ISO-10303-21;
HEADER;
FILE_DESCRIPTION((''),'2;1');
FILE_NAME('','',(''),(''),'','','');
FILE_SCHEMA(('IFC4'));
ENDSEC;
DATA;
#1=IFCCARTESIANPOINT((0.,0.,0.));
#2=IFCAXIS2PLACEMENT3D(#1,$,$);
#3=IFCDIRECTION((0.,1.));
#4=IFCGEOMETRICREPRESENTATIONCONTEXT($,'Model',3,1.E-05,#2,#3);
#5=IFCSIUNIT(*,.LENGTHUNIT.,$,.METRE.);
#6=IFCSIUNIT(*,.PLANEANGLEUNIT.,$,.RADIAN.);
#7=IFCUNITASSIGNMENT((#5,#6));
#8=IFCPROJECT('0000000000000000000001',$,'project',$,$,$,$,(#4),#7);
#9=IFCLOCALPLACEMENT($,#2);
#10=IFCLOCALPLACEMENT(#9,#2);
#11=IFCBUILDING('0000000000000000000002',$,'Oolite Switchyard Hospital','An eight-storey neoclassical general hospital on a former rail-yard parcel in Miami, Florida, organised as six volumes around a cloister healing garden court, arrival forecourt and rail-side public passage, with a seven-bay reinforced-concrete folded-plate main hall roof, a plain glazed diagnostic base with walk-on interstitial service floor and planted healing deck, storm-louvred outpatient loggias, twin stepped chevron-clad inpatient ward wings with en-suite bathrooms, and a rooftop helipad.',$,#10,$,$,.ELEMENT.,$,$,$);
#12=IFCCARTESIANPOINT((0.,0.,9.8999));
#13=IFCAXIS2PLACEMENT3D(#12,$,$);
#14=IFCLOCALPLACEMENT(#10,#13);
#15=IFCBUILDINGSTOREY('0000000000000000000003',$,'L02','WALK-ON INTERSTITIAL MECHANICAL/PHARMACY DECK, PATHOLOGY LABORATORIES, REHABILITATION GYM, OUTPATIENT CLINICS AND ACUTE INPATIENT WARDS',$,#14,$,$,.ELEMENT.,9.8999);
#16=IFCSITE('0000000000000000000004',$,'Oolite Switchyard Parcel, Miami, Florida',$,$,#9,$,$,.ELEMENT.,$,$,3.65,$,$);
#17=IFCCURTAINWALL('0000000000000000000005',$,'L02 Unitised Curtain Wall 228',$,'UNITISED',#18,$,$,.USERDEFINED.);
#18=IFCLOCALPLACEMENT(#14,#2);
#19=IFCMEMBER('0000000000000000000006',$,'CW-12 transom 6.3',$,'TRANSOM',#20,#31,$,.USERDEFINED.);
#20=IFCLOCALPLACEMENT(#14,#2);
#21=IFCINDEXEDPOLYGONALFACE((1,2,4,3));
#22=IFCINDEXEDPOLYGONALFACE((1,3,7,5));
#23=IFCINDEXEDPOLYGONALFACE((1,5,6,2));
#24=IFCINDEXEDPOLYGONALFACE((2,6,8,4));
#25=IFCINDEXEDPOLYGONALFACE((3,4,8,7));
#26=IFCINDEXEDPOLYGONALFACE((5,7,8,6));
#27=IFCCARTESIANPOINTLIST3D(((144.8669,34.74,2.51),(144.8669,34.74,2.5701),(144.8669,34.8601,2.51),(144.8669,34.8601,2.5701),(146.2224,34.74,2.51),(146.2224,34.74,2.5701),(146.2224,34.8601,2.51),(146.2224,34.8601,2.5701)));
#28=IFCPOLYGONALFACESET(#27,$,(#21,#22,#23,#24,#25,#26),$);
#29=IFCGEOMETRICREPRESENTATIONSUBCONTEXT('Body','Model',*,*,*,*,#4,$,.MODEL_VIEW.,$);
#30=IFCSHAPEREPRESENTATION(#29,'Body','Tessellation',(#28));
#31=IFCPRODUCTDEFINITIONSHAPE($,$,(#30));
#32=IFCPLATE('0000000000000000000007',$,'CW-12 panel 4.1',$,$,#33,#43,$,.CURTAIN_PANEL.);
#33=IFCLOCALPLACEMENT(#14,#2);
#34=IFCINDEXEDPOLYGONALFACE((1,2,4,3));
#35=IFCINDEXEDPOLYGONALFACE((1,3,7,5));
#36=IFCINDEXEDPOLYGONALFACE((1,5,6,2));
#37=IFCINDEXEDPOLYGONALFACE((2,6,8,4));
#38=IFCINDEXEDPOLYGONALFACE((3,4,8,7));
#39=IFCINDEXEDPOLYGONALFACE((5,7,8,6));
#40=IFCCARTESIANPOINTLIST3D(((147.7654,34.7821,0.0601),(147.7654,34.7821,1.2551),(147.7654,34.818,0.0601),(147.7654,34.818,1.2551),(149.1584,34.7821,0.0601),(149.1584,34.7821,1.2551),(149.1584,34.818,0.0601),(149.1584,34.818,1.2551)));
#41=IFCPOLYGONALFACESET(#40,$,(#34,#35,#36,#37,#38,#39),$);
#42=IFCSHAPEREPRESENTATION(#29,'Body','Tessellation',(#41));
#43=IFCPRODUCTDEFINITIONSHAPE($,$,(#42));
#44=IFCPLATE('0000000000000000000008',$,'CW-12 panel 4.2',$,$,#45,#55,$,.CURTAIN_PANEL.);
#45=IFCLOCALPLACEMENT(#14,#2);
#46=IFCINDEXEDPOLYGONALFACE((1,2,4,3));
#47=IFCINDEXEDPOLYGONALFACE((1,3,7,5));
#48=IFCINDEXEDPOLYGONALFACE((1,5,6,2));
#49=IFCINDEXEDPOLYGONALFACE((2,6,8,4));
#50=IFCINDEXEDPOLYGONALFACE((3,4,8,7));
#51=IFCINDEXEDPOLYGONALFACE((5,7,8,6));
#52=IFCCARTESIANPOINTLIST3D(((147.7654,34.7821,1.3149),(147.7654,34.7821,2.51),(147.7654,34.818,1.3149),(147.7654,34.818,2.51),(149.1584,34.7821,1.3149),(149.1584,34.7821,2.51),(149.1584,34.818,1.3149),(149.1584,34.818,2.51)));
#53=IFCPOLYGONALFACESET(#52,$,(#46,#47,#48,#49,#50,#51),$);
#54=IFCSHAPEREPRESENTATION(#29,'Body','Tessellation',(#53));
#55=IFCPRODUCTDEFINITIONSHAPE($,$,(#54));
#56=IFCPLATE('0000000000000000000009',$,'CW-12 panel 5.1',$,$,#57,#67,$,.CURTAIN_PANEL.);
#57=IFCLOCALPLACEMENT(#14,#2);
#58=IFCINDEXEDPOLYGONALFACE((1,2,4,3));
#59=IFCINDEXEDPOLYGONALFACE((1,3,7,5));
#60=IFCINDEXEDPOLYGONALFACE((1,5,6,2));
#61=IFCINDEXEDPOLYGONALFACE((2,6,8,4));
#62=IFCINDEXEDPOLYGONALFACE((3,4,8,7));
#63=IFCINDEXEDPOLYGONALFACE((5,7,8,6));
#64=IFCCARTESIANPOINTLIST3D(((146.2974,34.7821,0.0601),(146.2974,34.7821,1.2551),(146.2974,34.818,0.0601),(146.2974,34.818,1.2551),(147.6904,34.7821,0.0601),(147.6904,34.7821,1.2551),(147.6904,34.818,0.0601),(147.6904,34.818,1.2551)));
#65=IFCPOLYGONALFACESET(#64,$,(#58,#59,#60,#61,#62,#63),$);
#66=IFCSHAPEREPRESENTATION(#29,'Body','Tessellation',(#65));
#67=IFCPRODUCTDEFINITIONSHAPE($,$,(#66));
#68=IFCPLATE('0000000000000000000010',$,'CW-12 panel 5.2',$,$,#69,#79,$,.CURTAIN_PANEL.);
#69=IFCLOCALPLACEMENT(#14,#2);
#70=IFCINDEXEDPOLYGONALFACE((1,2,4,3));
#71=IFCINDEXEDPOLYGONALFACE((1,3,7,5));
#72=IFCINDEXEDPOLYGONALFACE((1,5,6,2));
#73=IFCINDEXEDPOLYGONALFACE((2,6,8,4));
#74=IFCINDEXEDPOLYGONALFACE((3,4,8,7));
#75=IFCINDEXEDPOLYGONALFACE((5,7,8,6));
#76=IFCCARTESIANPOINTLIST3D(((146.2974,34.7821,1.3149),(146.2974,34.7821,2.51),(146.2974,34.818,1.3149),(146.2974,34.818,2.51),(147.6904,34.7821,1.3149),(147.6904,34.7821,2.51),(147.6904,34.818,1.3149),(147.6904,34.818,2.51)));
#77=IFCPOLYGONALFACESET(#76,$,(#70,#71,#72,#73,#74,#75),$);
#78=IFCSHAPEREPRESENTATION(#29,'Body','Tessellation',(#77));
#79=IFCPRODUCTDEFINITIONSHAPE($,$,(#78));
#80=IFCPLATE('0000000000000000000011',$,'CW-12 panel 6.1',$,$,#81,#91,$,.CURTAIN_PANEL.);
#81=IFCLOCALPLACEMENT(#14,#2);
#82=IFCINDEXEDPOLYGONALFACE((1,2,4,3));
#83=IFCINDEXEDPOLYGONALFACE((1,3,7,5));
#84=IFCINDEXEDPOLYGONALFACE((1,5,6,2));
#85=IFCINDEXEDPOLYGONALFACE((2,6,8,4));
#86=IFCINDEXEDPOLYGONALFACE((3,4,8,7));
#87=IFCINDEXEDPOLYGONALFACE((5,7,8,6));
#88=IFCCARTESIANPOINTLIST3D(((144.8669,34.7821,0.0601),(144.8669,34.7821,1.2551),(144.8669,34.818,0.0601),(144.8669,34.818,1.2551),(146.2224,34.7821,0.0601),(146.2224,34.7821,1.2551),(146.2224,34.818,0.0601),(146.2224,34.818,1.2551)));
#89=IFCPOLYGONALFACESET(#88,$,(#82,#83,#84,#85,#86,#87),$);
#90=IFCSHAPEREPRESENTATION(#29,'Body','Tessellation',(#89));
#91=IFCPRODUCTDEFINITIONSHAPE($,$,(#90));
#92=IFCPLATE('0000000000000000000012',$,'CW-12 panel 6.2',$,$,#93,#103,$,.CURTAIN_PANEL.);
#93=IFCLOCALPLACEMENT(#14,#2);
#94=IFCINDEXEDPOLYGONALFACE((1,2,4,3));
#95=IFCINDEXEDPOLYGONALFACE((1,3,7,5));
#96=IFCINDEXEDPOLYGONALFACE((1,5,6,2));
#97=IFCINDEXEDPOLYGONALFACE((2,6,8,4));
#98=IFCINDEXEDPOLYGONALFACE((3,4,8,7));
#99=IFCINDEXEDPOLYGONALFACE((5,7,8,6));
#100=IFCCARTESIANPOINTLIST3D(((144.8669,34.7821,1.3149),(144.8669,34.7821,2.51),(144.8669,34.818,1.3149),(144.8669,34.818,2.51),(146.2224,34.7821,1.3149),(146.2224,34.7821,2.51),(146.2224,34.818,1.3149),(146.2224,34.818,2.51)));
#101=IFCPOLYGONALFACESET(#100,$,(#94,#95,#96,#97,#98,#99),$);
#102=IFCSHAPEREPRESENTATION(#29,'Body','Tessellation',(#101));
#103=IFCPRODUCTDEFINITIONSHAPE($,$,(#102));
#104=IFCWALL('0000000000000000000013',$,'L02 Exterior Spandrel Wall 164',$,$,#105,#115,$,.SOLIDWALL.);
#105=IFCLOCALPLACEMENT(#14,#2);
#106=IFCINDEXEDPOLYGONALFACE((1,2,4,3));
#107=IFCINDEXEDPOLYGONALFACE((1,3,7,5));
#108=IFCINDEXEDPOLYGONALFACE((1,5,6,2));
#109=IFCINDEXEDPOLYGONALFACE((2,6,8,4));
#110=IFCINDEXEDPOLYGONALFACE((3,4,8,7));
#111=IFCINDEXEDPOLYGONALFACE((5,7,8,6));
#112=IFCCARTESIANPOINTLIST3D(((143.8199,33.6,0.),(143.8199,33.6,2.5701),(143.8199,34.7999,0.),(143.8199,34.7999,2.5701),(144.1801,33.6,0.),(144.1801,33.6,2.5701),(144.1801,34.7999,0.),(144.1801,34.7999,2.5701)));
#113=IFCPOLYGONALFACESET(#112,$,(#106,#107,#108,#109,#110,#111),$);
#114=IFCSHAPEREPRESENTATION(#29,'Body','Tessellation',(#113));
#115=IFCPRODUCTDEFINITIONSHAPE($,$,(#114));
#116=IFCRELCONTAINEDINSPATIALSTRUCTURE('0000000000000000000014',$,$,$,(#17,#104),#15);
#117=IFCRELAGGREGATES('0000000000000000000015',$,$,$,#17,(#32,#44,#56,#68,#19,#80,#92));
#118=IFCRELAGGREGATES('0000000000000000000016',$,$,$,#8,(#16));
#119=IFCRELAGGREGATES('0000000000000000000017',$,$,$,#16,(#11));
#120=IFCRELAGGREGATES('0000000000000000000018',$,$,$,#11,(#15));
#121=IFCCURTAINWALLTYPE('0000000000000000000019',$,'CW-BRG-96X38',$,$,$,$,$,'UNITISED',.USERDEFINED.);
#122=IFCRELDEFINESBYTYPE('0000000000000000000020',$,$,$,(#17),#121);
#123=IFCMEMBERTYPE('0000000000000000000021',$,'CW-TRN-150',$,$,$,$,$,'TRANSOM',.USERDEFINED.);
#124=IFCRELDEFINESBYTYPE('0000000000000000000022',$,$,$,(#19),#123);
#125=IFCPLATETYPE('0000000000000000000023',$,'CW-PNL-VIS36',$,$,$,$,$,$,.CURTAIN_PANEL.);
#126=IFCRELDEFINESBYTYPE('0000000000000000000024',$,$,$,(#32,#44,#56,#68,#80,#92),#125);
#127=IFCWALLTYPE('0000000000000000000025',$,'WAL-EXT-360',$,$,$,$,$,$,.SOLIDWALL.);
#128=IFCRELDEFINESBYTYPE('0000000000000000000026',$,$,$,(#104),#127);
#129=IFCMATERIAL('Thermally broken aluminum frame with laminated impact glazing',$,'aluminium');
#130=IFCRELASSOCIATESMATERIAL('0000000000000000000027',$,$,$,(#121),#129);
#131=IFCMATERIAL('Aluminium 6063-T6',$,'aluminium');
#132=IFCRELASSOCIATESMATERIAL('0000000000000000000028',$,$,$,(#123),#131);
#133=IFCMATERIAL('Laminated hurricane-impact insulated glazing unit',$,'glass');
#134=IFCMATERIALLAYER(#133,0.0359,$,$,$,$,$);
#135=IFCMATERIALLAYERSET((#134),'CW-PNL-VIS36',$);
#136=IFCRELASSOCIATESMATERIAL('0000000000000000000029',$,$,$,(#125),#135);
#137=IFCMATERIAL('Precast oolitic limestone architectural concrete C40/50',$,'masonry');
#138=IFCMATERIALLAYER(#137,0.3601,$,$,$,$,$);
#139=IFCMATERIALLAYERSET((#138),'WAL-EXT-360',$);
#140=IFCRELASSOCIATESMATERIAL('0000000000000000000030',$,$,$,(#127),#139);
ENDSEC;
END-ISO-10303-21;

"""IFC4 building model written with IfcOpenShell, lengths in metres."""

from ifc_helpers import new_model, si_unit, direction, frame, frame_2d, origin, origin_2d, place, context, subcontext, project, spatial, rectangle, extrude, material, layer, layer_set, material_profile, profile_set, type_object, element, aggregate, save


model = new_model("IFC4")

# Units and contexts
model_context = context("Model", 3, precision=1e-05, world=origin(), true_north=direction((0.0, 1.0)))
body_context = subcontext(model_context, "Body", "Model", "MODEL_VIEW")
ifc_project = project(units=[si_unit("LENGTHUNIT", "METRE"), si_unit("PLANEANGLEUNIT", "RADIAN")], contexts=[model_context])

# Site, building, storey
site_placement = place(None, origin())
site = spatial("IfcSite", under=ifc_project, at=site_placement, Name="Oolite Switchyard Parcel, Miami, Florida", CompositionType="ELEMENT", RefElevation=3.65)
building_placement = place(site_placement, origin())
building = spatial("IfcBuilding", under=site, at=building_placement, Name="Oolite Switchyard Hospital", Description="An eight-storey neoclassical general hospital on a former rail-yard parcel in Miami, Florida, organised as six volumes around a cloister healing garden court, arrival forecourt and rail-side public passage, with a seven-bay reinforced-concrete folded-plate main hall roof, a plain glazed diagnostic base with walk-on interstitial service floor and planted healing deck, storm-louvred outpatient loggias, twin stepped chevron-clad inpatient ward wings with en-suite bathrooms, and a rooftop helipad.", CompositionType="ELEMENT")
storey_placement = place(building_placement, frame((0.0, 0.0, 9.8999)))
storey = spatial("IfcBuildingStorey", under=building, at=storey_placement, Name="L02", Description="WALK-ON INTERSTITIAL MECHANICAL/PHARMACY DECK, PATHOLOGY LABORATORIES, REHABILITATION GYM, OUTPATIENT CLINICS AND ACUTE INPATIENT WARDS", CompositionType="ELEMENT", Elevation=9.8999)

# Curtain wall
ifc_material_1 = material(Name="Thermally broken aluminum frame with laminated impact glazing", Category="aluminium")
curtain_wall_type_1 = type_object("IfcCurtainWallType", Name="CW-BRG-96X38", ElementType="UNITISED", PredefinedType="USERDEFINED", material=ifc_material_1)
curtain_wall_1_placement = place(storey_placement, origin())
curtain_wall_1 = element("IfcCurtainWall", 1, at=curtain_wall_1_placement, inside=storey, type_object=curtain_wall_type_1, Name="L02 Unitised Curtain Wall 228", ObjectType="UNITISED", PredefinedType="USERDEFINED")
ifc_material_2 = material(Name="Aluminium 6063-T6", Category="aluminium")

# Shared definitions
ifc_material_profile_1 = material_profile(ifc_material_2, rectangle(XDim=0.1201, YDim=0.0601, at=origin_2d()), Name="CWT60X120")
ifc_profile_set_1 = profile_set([ifc_material_profile_1], Name="Aluminium 6063-T6")
member_type_1 = type_object("IfcMemberType", Name="CW-TRN-150", ElementType="TRANSOM", PredefinedType="USERDEFINED", material=ifc_profile_set_1)

# Member
member_1_placement = place(storey_placement, frame((146.2224, 34.8, 2.54), z_axis=(-1.0, 0.0, 0.0), x_axis=(0.0, -1.0, 0.0)))
member_1 = element("IfcMember", 2, at=member_1_placement, type_object=member_type_1, Name="CW-12 transom 6.3", ObjectType="TRANSOM", PredefinedType="USERDEFINED", context=body_context, shape_type="SweptSolid", body=[
    extrude(rectangle(XDim=0.1201, YDim=0.0601, at=origin_2d()), origin(), (0.0, 0.0, 1.0), 1.3555),
])

# Plates
ifc_material_3 = material(Name="Laminated hurricane-impact insulated glazing unit", Category="glass")
ifc_layer_1 = layer(ifc_material_3, 0.0359)
ifc_layer_set_1 = layer_set([ifc_layer_1], Name="CW-PNL-VIS36")
plate_type = type_object("IfcPlateType", Name="CW-PNL-VIS36", PredefinedType="CURTAIN_PANEL", material=ifc_layer_set_1)
plate_1_placement = place(storey_placement, frame((148.4619, 34.8, 0.0601), z_axis=(0.0, 0.0, 1.0), x_axis=(-1.0, 0.0, 0.0)))
plate_1 = element("IfcPlate", 3, at=plate_1_placement, type_object=plate_type, Name="CW-12 panel 4.1", PredefinedType="CURTAIN_PANEL", context=body_context, shape_type="SweptSolid", body=[
    extrude(rectangle(XDim=1.3931, YDim=0.0359, at=origin_2d()), origin(), (0.0, 0.0, 1.0), 1.1951),
])
plate_2_placement = place(storey_placement, frame((148.4619, 34.8, 1.3149), z_axis=(0.0, 0.0, 1.0), x_axis=(-1.0, 0.0, 0.0)))
plate_2 = element("IfcPlate", 4, at=plate_2_placement, type_object=plate_type, Name="CW-12 panel 4.2", PredefinedType="CURTAIN_PANEL", context=body_context, shape_type="SweptSolid", body=[
    extrude(rectangle(XDim=1.3931, YDim=0.0359, at=origin_2d()), origin(), (0.0, 0.0, 1.0), 1.1951),
])
plate_3_placement = place(storey_placement, frame((146.9939, 34.8, 0.0601), z_axis=(0.0, 0.0, 1.0), x_axis=(-1.0, 0.0, 0.0)))
plate_3 = element("IfcPlate", 5, at=plate_3_placement, type_object=plate_type, Name="CW-12 panel 5.1", PredefinedType="CURTAIN_PANEL", context=body_context, shape_type="SweptSolid", body=[
    extrude(rectangle(XDim=1.3931, YDim=0.0359, at=origin_2d()), origin(), (0.0, 0.0, 1.0), 1.1951),
])
plate_4_placement = place(storey_placement, frame((146.9939, 34.8, 1.3149), z_axis=(0.0, 0.0, 1.0), x_axis=(-1.0, 0.0, 0.0)))
plate_4 = element("IfcPlate", 6, at=plate_4_placement, type_object=plate_type, Name="CW-12 panel 5.2", PredefinedType="CURTAIN_PANEL", context=body_context, shape_type="SweptSolid", body=[
    extrude(rectangle(XDim=1.3931, YDim=0.0359, at=origin_2d()), origin(), (0.0, 0.0, 1.0), 1.1951),
])
plate_5_placement = place(storey_placement, frame((145.5447, 34.8, 0.0601), z_axis=(0.0, 0.0, 1.0), x_axis=(-1.0, 0.0, 0.0)))
plate_5 = element("IfcPlate", 7, at=plate_5_placement, type_object=plate_type, Name="CW-12 panel 6.1", PredefinedType="CURTAIN_PANEL", context=body_context, shape_type="SweptSolid", body=[
    extrude(rectangle(XDim=1.3555, YDim=0.0359, at=origin_2d()), origin(), (0.0, 0.0, 1.0), 1.1951),
])
plate_6_placement = place(storey_placement, frame((145.5447, 34.8, 1.3149), z_axis=(0.0, 0.0, 1.0), x_axis=(-1.0, 0.0, 0.0)))
plate_6 = element("IfcPlate", 8, at=plate_6_placement, type_object=plate_type, Name="CW-12 panel 6.2", PredefinedType="CURTAIN_PANEL", context=body_context, shape_type="SweptSolid", body=[
    extrude(rectangle(XDim=1.3555, YDim=0.0359, at=origin_2d()), origin(), (0.0, 0.0, 1.0), 1.1951),
])
aggregate(curtain_wall_1, [plate_1, plate_2, plate_3, plate_4, member_1, plate_5, plate_6])

# Wall
ifc_material_4 = material(Name="Precast oolitic limestone architectural concrete C40/50", Category="masonry")
ifc_layer_2 = layer(ifc_material_4, 0.3601)
ifc_layer_set_2 = layer_set([ifc_layer_2], Name="WAL-EXT-360")
wall_type = type_object("IfcWallType", Name="WAL-EXT-360", PredefinedType="SOLIDWALL", material=ifc_layer_set_2)
wall_placement = place(storey_placement, frame((144.0, 34.8, 0.0), z_axis=(0.0, 0.0, 1.0), x_axis=(0.0, -1.0, 0.0)))
element("IfcWall", 9, at=wall_placement, inside=storey, type_object=wall_type, Name="L02 Exterior Spandrel Wall 164", PredefinedType="SOLIDWALL", context=body_context, shape_type="SweptSolid", body=[
    extrude(rectangle(XDim=1.2, YDim=0.3601, at=frame_2d((0.6001, 0.0))), origin(), (0.0, 0.0, 1.0), 2.5701),
])

save(model, "model.ifc")
